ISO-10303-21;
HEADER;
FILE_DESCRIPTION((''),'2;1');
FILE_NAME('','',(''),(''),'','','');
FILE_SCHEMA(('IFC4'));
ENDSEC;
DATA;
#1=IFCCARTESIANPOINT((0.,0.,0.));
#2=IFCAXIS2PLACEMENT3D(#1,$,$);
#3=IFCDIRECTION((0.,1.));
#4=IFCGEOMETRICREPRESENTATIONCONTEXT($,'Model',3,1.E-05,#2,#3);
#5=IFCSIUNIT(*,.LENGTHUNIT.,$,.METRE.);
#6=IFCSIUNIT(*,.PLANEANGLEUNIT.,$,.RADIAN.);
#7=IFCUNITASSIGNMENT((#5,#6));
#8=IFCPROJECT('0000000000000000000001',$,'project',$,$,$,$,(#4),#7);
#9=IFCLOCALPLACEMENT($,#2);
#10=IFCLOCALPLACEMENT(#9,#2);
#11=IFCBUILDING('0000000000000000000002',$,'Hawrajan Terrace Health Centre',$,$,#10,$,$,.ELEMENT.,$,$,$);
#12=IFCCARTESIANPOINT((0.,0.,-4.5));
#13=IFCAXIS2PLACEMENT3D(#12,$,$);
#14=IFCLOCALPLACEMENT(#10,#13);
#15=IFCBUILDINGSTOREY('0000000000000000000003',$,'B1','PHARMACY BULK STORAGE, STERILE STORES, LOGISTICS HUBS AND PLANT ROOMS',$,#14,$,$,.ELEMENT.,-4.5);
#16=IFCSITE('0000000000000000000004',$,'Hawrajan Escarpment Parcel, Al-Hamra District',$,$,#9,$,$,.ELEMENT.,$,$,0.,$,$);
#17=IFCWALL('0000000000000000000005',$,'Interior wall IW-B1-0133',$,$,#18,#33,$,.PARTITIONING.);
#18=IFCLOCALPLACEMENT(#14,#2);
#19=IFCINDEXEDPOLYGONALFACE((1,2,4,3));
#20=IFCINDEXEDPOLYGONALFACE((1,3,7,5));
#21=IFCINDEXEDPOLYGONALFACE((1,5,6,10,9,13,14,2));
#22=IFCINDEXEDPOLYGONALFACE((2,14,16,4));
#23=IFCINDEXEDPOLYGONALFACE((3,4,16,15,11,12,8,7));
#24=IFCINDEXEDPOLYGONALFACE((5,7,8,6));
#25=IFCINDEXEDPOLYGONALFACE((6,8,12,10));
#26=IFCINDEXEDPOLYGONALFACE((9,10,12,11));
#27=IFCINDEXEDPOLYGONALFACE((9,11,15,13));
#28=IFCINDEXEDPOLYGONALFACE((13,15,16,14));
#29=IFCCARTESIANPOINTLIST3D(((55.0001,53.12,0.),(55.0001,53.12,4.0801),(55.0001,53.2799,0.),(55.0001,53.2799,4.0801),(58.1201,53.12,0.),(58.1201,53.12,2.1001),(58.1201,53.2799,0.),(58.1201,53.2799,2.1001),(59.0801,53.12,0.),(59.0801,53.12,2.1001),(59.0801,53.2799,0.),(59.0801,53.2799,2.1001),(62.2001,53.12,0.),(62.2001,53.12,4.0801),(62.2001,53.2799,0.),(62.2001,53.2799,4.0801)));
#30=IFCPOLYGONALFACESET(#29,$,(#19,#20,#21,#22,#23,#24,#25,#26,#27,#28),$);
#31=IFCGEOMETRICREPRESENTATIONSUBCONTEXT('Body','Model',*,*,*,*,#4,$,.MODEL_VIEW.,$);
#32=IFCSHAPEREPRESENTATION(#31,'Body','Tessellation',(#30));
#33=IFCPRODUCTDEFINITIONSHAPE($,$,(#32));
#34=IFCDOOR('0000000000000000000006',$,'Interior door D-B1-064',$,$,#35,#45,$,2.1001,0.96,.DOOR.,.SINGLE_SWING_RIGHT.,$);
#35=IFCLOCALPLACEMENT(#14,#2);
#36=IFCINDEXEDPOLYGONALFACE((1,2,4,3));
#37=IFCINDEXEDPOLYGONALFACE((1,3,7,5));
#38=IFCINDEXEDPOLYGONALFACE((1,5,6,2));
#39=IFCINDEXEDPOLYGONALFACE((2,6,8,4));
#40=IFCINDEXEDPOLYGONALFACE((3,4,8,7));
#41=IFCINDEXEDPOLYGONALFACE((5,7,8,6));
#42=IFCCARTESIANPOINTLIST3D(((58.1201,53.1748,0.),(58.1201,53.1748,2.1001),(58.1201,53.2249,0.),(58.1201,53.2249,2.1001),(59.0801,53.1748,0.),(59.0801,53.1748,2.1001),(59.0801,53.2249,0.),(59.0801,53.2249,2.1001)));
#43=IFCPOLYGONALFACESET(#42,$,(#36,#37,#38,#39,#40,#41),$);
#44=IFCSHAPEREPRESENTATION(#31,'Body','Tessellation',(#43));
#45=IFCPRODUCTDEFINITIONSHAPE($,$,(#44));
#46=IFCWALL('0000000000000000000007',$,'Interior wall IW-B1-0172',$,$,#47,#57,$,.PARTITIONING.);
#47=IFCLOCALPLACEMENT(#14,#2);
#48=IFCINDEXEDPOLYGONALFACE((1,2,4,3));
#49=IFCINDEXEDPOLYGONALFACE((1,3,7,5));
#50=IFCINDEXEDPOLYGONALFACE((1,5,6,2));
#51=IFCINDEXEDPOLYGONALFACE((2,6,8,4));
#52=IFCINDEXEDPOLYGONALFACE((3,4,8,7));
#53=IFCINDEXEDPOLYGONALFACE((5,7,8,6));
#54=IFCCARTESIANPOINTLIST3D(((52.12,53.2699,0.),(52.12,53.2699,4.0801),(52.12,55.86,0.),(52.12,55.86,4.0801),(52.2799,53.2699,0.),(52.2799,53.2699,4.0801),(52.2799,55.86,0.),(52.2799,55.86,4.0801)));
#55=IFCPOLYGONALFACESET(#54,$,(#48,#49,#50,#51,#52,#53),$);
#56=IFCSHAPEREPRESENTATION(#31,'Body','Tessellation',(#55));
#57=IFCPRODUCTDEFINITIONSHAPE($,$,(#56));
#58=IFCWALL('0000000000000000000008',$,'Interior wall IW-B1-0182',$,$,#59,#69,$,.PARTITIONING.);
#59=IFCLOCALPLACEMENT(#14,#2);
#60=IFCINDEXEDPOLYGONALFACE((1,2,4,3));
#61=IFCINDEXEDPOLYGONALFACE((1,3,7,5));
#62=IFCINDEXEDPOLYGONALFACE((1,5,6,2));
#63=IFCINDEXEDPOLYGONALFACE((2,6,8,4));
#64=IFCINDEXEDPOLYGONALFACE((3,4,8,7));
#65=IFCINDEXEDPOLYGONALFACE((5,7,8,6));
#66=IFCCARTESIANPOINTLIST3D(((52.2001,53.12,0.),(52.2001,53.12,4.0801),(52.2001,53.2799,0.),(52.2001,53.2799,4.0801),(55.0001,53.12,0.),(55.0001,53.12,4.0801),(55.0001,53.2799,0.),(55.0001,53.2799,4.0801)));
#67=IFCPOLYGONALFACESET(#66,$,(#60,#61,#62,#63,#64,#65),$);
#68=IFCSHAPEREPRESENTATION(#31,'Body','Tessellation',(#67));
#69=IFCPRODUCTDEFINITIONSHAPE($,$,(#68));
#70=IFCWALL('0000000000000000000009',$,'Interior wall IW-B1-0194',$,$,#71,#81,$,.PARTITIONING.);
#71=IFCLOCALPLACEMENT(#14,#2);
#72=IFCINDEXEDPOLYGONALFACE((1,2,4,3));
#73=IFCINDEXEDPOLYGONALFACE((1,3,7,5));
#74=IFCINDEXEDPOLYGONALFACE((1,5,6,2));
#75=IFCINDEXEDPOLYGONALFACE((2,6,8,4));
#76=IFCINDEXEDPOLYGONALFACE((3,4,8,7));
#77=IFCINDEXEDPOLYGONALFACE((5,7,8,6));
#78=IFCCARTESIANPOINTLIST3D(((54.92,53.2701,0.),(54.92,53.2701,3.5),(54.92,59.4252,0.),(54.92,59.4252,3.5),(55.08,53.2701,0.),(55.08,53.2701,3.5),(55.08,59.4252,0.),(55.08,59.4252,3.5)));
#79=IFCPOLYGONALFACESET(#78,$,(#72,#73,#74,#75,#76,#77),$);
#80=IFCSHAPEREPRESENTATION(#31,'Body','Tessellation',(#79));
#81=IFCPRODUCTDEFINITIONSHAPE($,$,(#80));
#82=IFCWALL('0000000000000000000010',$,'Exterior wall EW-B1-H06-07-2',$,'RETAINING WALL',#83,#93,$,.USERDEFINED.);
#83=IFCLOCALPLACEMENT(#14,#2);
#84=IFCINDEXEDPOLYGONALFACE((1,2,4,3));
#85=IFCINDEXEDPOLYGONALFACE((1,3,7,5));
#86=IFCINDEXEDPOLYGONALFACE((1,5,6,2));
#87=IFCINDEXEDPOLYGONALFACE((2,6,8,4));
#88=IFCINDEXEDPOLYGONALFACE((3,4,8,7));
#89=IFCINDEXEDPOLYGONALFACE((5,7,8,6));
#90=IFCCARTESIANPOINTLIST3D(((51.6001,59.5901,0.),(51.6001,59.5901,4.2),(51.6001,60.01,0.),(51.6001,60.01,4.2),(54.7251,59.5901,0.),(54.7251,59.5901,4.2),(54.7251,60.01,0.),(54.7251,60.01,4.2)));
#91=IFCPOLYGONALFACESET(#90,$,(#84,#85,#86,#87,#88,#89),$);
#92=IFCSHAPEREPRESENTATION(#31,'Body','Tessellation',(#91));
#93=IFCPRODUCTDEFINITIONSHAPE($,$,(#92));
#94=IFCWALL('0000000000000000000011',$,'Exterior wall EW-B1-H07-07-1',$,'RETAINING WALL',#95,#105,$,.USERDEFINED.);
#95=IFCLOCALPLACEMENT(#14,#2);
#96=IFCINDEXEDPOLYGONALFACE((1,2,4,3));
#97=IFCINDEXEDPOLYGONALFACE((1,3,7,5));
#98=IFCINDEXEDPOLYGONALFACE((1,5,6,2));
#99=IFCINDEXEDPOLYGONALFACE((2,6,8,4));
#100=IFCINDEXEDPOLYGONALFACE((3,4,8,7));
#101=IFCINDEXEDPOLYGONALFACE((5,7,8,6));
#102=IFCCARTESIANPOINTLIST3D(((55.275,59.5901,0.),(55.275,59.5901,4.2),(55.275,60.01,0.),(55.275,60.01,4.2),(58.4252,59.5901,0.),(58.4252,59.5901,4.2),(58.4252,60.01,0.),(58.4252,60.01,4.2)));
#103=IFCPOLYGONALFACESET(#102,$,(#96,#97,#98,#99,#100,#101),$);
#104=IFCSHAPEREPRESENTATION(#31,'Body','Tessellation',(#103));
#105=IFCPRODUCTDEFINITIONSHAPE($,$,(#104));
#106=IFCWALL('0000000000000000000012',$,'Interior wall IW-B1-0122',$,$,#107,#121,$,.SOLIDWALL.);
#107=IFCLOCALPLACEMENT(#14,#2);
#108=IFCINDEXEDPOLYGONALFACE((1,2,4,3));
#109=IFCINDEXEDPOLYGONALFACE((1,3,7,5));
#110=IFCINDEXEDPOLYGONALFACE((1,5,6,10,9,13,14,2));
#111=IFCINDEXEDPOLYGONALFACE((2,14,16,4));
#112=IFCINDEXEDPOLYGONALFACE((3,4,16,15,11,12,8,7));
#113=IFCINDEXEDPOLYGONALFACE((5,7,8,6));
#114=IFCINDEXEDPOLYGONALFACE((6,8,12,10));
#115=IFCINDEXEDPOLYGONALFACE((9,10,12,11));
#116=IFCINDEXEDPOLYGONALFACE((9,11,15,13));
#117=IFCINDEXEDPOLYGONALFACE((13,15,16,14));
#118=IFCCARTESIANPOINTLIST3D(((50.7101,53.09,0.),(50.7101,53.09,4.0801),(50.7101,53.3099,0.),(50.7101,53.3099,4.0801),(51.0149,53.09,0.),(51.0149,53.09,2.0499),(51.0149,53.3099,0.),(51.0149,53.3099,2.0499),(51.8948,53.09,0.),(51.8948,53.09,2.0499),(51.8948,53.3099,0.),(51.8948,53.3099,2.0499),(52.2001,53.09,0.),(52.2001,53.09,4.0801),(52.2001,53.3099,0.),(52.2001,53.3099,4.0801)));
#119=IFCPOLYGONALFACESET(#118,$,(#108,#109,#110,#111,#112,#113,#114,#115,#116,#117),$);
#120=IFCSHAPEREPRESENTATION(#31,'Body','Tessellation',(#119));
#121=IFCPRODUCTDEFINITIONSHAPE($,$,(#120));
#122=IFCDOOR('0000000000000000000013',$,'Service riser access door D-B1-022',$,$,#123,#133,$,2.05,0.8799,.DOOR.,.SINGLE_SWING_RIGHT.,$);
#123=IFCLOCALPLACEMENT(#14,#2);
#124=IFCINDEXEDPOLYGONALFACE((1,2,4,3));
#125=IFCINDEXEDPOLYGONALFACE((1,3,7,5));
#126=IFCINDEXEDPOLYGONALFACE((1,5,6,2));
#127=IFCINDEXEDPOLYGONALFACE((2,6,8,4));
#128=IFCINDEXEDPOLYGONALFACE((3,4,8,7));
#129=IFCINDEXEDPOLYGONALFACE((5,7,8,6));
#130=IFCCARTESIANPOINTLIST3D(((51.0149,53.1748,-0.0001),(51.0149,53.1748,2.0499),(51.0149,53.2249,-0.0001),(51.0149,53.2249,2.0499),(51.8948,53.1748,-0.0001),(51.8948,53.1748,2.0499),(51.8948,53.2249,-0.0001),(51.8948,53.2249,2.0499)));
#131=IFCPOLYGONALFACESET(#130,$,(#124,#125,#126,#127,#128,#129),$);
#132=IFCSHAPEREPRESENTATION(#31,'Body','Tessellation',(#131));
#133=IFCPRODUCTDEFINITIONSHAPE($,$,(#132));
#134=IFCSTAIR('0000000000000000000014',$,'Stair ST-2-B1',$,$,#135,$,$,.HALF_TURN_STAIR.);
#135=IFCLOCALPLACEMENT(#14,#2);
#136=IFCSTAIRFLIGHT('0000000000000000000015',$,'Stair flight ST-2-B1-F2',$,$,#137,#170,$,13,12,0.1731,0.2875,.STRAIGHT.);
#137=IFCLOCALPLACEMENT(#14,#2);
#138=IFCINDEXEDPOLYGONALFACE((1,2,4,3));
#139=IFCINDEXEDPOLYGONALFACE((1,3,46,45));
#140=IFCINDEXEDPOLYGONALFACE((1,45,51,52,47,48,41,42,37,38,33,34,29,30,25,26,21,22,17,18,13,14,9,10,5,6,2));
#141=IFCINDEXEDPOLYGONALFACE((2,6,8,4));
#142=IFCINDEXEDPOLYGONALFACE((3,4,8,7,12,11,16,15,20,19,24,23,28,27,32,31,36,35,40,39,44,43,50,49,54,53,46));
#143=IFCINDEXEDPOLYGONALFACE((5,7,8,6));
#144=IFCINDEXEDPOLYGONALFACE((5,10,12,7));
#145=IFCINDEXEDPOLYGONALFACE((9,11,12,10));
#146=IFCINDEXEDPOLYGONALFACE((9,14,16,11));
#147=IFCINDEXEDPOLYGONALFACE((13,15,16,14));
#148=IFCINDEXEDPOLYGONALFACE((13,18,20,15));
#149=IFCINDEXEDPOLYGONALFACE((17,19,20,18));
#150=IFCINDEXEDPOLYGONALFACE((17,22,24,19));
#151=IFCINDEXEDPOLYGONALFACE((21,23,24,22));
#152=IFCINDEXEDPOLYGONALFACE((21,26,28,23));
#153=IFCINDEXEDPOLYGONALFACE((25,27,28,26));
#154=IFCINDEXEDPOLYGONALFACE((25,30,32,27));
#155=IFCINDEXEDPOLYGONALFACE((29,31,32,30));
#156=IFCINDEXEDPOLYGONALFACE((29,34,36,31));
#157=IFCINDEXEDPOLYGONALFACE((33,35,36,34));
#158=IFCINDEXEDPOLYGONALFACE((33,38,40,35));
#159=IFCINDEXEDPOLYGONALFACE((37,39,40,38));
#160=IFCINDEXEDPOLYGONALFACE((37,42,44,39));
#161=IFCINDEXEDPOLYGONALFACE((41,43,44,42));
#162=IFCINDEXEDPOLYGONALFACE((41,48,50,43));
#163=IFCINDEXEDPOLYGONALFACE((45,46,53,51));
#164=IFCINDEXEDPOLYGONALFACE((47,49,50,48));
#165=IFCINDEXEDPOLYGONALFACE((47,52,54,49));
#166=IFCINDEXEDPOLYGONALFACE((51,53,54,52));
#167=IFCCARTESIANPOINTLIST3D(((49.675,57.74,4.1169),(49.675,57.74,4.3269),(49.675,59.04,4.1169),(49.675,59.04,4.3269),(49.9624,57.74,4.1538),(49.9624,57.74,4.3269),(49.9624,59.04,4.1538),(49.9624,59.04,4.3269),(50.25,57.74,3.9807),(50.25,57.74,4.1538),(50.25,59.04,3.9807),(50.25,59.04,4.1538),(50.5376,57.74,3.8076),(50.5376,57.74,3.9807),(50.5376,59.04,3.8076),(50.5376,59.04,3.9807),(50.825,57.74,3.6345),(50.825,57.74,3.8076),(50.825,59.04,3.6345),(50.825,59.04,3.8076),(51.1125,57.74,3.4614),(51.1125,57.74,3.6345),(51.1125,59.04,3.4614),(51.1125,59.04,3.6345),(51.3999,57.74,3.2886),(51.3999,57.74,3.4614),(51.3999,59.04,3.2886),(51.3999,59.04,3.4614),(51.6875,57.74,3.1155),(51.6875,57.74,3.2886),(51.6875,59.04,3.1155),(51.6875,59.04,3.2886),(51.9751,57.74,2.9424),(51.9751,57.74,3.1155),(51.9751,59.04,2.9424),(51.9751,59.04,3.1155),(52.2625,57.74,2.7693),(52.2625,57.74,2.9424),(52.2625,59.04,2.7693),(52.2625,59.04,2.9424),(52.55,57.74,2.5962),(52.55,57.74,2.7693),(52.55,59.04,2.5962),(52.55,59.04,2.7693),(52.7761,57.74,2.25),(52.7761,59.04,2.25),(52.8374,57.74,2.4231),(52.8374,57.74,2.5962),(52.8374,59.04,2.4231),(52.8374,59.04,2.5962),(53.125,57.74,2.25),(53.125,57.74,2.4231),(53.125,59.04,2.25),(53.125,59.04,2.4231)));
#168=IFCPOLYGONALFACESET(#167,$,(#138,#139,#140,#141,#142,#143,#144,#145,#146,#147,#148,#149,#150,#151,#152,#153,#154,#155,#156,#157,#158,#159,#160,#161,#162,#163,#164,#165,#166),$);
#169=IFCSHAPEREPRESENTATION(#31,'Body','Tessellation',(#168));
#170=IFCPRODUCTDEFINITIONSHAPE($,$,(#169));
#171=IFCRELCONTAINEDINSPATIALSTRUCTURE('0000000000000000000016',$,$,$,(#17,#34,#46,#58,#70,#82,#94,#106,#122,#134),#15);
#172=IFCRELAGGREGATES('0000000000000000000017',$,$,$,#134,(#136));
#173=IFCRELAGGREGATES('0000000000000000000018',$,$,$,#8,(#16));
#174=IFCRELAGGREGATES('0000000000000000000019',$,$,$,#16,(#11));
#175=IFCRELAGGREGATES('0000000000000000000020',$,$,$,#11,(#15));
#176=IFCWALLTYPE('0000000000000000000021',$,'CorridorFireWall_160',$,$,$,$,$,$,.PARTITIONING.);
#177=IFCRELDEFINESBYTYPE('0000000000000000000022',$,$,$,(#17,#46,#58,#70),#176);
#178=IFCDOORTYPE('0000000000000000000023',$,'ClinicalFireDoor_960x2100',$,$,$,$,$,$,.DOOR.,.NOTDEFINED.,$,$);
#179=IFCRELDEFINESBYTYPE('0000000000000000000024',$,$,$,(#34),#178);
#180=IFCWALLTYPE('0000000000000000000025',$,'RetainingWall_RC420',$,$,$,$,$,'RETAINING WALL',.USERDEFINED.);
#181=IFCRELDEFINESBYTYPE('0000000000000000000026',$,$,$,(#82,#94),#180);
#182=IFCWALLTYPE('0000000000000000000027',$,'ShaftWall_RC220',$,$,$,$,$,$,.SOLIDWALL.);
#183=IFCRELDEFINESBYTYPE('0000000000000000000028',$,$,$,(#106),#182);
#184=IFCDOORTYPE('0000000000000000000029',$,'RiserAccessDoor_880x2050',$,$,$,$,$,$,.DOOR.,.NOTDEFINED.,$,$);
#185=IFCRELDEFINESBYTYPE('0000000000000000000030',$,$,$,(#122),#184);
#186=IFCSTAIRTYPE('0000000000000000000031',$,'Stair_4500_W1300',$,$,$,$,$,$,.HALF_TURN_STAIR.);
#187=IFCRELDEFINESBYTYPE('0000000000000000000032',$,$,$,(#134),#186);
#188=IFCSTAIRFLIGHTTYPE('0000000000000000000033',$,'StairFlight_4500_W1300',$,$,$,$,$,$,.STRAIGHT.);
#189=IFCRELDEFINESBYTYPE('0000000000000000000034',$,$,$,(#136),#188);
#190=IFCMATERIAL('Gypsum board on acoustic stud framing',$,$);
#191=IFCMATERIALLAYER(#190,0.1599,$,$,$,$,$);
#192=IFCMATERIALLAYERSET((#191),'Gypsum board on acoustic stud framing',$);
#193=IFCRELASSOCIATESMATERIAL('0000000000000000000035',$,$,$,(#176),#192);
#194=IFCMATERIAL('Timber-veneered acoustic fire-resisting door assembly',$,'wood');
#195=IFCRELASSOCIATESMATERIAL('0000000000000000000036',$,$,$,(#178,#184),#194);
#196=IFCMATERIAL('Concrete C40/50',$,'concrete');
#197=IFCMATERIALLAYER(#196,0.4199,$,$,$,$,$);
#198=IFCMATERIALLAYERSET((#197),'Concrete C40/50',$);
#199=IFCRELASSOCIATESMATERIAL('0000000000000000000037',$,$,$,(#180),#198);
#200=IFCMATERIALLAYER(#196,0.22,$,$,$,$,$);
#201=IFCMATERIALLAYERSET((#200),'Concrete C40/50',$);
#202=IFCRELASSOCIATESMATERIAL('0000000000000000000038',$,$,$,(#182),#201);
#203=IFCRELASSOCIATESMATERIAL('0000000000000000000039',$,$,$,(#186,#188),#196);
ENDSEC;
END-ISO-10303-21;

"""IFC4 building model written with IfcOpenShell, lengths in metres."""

from ifc_helpers import new_model, si_unit, direction, frame, frame_2d, origin, place, context, subcontext, project, spatial, polyline, rectangle, outline, extrude, material, layer, layer_set, type_object, element, fill, aggregate, save


model = new_model("IFC4")

# Units and contexts
model_context = context("Model", 3, precision=1e-05, world=origin(), true_north=direction((0.0, 1.0)))
body_context = subcontext(model_context, "Body", "Model", "MODEL_VIEW")
ifc_project = project(units=[si_unit("LENGTHUNIT", "METRE"), si_unit("PLANEANGLEUNIT", "RADIAN")], contexts=[model_context])

# Site, building, storey
site_placement = place(None, origin())
site = spatial("IfcSite", under=ifc_project, at=site_placement, Name="Hawrajan Escarpment Parcel, Al-Hamra District", CompositionType="ELEMENT", RefElevation=0.0)
building_placement = place(site_placement, origin())
building = spatial("IfcBuilding", under=site, at=building_placement, Name="Hawrajan Terrace Health Centre", CompositionType="ELEMENT")
storey_placement = place(building_placement, frame((0.0, 0.0, -4.5)))
storey = spatial("IfcBuildingStorey", under=building, at=storey_placement, Name="B1", Description="PHARMACY BULK STORAGE, STERILE STORES, LOGISTICS HUBS AND PLANT ROOMS", CompositionType="ELEMENT", Elevation=-4.5)

# Shared definitions
ifc_material_1 = material(Name="Concrete C40/50", Category="concrete")

# Wall, opening, door
ifc_material_2 = material(Name="Gypsum board on acoustic stud framing")
ifc_layer_1 = layer(ifc_material_2, 0.1599)
ifc_layer_set_1 = layer_set([ifc_layer_1], Name="Gypsum board on acoustic stud framing")
wall_type_1 = type_object("IfcWallType", Name="CorridorFireWall_160", PredefinedType="PARTITIONING", material=ifc_layer_set_1)
wall_1_placement = place(storey_placement, frame((55.0, 53.2, 0.0), z_axis=(0.0, 0.0, 1.0), x_axis=(1.0, 0.0, 0.0)))
wall_1 = element("IfcWall", 1, at=wall_1_placement, inside=storey, type_object=wall_type_1, Name="Interior wall IW-B1-0133", PredefinedType="PARTITIONING", context=body_context, shape_type="SweptSolid", body=[
    extrude(rectangle(XDim=7.2, YDim=0.1599, at=frame_2d((3.6001, 0.0))), origin(), (0.0, 0.0, 1.0), 4.0801),
])
opening_1_placement = place(wall_1_placement, frame((3.1201, 0.0, 0.0)))
opening_1 = element("IfcOpeningElement", 2, at=opening_1_placement, cuts=wall_1, PredefinedType="OPENING", context=body_context, shape_type="SweptSolid", body=[
    extrude(rectangle(XDim=0.96, YDim=2.1001, at=frame_2d((0.48, 1.05))), frame((0.0, 0.0898, 0.0), z_axis=(0.0, -1.0, 0.0), x_axis=(1.0, 0.0, 0.0)), (0.0, 0.0, 1.0), 0.1799),
])
ifc_material_3 = material(Name="Timber-veneered acoustic fire-resisting door assembly", Category="wood")
door_type_1 = type_object("IfcDoorType", Name="ClinicalFireDoor_960x2100", OperationType="NOTDEFINED", PredefinedType="DOOR", material=ifc_material_3)
door_1_placement = place(opening_1_placement, origin())
door_1 = element("IfcDoor", 3, at=door_1_placement, inside=storey, type_object=door_type_1, Name="Interior door D-B1-064", OperationType="SINGLE_SWING_RIGHT", OverallHeight=2.1001, OverallWidth=0.96, PredefinedType="DOOR", context=body_context, shape_type="SweptSolid", body=[
    extrude(rectangle(XDim=0.96, YDim=2.1001, at=frame_2d((0.48, 1.05))), frame((0.0, 0.0249, 0.0), z_axis=(0.0, -1.0, 0.0), x_axis=(1.0, 0.0, 0.0)), (0.0, 0.0, 1.0), 0.05),
])
fill(opening_1, door_1)

# Walls
wall_2_placement = place(storey_placement, frame((52.2, 53.27, 0.0), z_axis=(0.0, 0.0, 1.0), x_axis=(0.0, 1.0, 0.0)))
element("IfcWall", 4, at=wall_2_placement, inside=storey, type_object=wall_type_1, Name="Interior wall IW-B1-0172", PredefinedType="PARTITIONING", context=body_context, shape_type="SweptSolid", body=[
    extrude(rectangle(XDim=2.5901, YDim=0.1599, at=frame_2d((1.2949, 0.0))), origin(), (0.0, 0.0, 1.0), 4.0801),
])
wall_3_placement = place(storey_placement, frame((55.0, 53.2, 0.0), z_axis=(0.0, 0.0, 1.0), x_axis=(-1.0, 0.0, 0.0)))
element("IfcWall", 5, at=wall_3_placement, inside=storey, type_object=wall_type_1, Name="Interior wall IW-B1-0182", PredefinedType="PARTITIONING", context=body_context, shape_type="SweptSolid", body=[
    extrude(rectangle(XDim=2.8, YDim=0.1599, at=frame_2d((1.3999, 0.0))), origin(), (0.0, 0.0, 1.0), 4.0801),
])
wall_4_placement = place(storey_placement, frame((55.0, 53.27, 0.0), z_axis=(0.0, 0.0, 1.0), x_axis=(0.0, 1.0, 0.0)))
element("IfcWall", 6, at=wall_4_placement, inside=storey, type_object=wall_type_1, Name="Interior wall IW-B1-0194", PredefinedType="PARTITIONING", context=body_context, shape_type="SweptSolid", body=[
    extrude(rectangle(XDim=6.155, YDim=0.1599, at=frame_2d((3.0776, 0.0))), origin(), (0.0, 0.0, 1.0), 3.5),
])
ifc_layer_2 = layer(ifc_material_1, 0.4199)
ifc_layer_set_2 = layer_set([ifc_layer_2], Name="Concrete C40/50")
wall_type_2 = type_object("IfcWallType", Name="RetainingWall_RC420", ElementType="RETAINING WALL", PredefinedType="USERDEFINED", material=ifc_layer_set_2)
wall_5_placement = place(storey_placement, frame((51.6001, 59.8, 0.0), z_axis=(0.0, 0.0, 1.0), x_axis=(1.0, 0.0, 0.0)))
element("IfcWall", 7, at=wall_5_placement, inside=storey, type_object=wall_type_2, Name="Exterior wall EW-B1-H06-07-2", ObjectType="RETAINING WALL", PredefinedType="USERDEFINED", context=body_context, shape_type="SweptSolid", body=[
    extrude(rectangle(XDim=3.125, YDim=0.4199, at=frame_2d((1.5625, 0.0))), origin(), (0.0, 0.0, 1.0), 4.2),
])
wall_6_placement = place(storey_placement, frame((55.2749, 59.8, 0.0), z_axis=(0.0, 0.0, 1.0), x_axis=(1.0, 0.0, 0.0)))
element("IfcWall", 8, at=wall_6_placement, inside=storey, type_object=wall_type_2, Name="Exterior wall EW-B1-H07-07-1", ObjectType="RETAINING WALL", PredefinedType="USERDEFINED", context=body_context, shape_type="SweptSolid", body=[
    extrude(rectangle(XDim=3.1501, YDim=0.4199, at=frame_2d((1.5752, 0.0))), origin(), (0.0, 0.0, 1.0), 4.2),
])

# Wall, opening, door
ifc_layer_3 = layer(ifc_material_1, 0.22)
ifc_layer_set_3 = layer_set([ifc_layer_3], Name="Concrete C40/50")
wall_type_3 = type_object("IfcWallType", Name="ShaftWall_RC220", PredefinedType="SOLIDWALL", material=ifc_layer_set_3)
wall_7_placement = place(storey_placement, frame((50.71, 53.2, 0.0), z_axis=(0.0, 0.0, 1.0), x_axis=(1.0, 0.0, 0.0)))
wall_7 = element("IfcWall", 9, at=wall_7_placement, inside=storey, type_object=wall_type_3, Name="Interior wall IW-B1-0122", PredefinedType="SOLIDWALL", context=body_context, shape_type="SweptSolid", body=[
    extrude(rectangle(XDim=1.49, YDim=0.22, at=frame_2d((0.7451, 0.0))), origin(), (0.0, 0.0, 1.0), 4.0801),
])
opening_2_placement = place(wall_7_placement, frame((0.3049, 0.0, 0.0)))
opening_2 = element("IfcOpeningElement", 10, at=opening_2_placement, cuts=wall_7, PredefinedType="OPENING", context=body_context, shape_type="SweptSolid", body=[
    extrude(rectangle(XDim=0.8799, YDim=2.05, at=frame_2d((0.4399, 1.0249))), frame((0.0, 0.1199, 0.0), z_axis=(0.0, -1.0, 0.0), x_axis=(1.0, 0.0, 0.0)), (0.0, 0.0, 1.0), 0.24),
])
door_type_2 = type_object("IfcDoorType", Name="RiserAccessDoor_880x2050", OperationType="NOTDEFINED", PredefinedType="DOOR", material=ifc_material_3)
door_2_placement = place(opening_2_placement, origin())
door_2 = element("IfcDoor", 11, at=door_2_placement, inside=storey, type_object=door_type_2, Name="Service riser access door D-B1-022", OperationType="SINGLE_SWING_RIGHT", OverallHeight=2.05, OverallWidth=0.8799, PredefinedType="DOOR", context=body_context, shape_type="SweptSolid", body=[
    extrude(rectangle(XDim=0.8799, YDim=2.05, at=frame_2d((0.4399, 1.0249))), frame((0.0, 0.0249, 0.0), z_axis=(0.0, -1.0, 0.0), x_axis=(1.0, 0.0, 0.0)), (0.0, 0.0, 1.0), 0.05),
])
fill(opening_2, door_2)

# Stair, stair flight
stair_type = type_object("IfcStairType", Name="Stair_4500_W1300", PredefinedType="HALF_TURN_STAIR", material=ifc_material_1)
stair_placement = place(storey_placement, origin())
stair = element("IfcStair", 12, at=stair_placement, inside=storey, type_object=stair_type, Name="Stair ST-2-B1", PredefinedType="HALF_TURN_STAIR")
stair_flight_type = type_object("IfcStairFlightType", Name="StairFlight_4500_W1300", PredefinedType="STRAIGHT", material=ifc_material_1)
stair_flight_placement = place(storey_placement, frame((53.125, 58.3899, 2.25), z_axis=(0.0, 0.0, 1.0), x_axis=(-1.0, 0.0, 0.0)))
stair_flight = element("IfcStairFlight", 13, at=stair_flight_placement, type_object=stair_flight_type, Name="Stair flight ST-2-B1-F2", NumberOfRisers=13, NumberOfTreads=12, PredefinedType="STRAIGHT", RiserHeight=0.1731, TreadLength=0.2875, context=body_context, shape_type="SweptSolid", body=[
    extrude(outline(polyline([(0.0, 0.0), (0.0, 0.1731), (0.2876, 0.1731), (0.2876, 0.3462), (0.575, 0.3462), (0.575, 0.5193), (0.8625, 0.5193), (0.8625, 0.6924), (1.1499, 0.6924), (1.1499, 0.8655), (1.4375, 0.8655), (1.4375, 1.0386), (1.7251, 1.0386), (1.7251, 1.2114), (2.0125, 1.2114), (2.0125, 1.3845), (2.3, 1.3845), (2.3, 1.5576), (2.5874, 1.5576), (2.5874, 1.7307), (2.875, 1.7307), (2.875, 1.9038), (3.1626, 1.9038), (3.1626, 2.0769), (3.45, 2.0769), (3.45, 2.25), (3.45, 1.8669), (0.3489, 0.0), (0.0, 0.0)])), frame((0.0, 0.6499, 0.0), z_axis=(0.0, -1.0, 0.0), x_axis=(1.0, 0.0, 0.0)), (0.0, 0.0, 1.0), 1.3),
])
aggregate(stair, [stair_flight])

save(model, "model.ifc")
